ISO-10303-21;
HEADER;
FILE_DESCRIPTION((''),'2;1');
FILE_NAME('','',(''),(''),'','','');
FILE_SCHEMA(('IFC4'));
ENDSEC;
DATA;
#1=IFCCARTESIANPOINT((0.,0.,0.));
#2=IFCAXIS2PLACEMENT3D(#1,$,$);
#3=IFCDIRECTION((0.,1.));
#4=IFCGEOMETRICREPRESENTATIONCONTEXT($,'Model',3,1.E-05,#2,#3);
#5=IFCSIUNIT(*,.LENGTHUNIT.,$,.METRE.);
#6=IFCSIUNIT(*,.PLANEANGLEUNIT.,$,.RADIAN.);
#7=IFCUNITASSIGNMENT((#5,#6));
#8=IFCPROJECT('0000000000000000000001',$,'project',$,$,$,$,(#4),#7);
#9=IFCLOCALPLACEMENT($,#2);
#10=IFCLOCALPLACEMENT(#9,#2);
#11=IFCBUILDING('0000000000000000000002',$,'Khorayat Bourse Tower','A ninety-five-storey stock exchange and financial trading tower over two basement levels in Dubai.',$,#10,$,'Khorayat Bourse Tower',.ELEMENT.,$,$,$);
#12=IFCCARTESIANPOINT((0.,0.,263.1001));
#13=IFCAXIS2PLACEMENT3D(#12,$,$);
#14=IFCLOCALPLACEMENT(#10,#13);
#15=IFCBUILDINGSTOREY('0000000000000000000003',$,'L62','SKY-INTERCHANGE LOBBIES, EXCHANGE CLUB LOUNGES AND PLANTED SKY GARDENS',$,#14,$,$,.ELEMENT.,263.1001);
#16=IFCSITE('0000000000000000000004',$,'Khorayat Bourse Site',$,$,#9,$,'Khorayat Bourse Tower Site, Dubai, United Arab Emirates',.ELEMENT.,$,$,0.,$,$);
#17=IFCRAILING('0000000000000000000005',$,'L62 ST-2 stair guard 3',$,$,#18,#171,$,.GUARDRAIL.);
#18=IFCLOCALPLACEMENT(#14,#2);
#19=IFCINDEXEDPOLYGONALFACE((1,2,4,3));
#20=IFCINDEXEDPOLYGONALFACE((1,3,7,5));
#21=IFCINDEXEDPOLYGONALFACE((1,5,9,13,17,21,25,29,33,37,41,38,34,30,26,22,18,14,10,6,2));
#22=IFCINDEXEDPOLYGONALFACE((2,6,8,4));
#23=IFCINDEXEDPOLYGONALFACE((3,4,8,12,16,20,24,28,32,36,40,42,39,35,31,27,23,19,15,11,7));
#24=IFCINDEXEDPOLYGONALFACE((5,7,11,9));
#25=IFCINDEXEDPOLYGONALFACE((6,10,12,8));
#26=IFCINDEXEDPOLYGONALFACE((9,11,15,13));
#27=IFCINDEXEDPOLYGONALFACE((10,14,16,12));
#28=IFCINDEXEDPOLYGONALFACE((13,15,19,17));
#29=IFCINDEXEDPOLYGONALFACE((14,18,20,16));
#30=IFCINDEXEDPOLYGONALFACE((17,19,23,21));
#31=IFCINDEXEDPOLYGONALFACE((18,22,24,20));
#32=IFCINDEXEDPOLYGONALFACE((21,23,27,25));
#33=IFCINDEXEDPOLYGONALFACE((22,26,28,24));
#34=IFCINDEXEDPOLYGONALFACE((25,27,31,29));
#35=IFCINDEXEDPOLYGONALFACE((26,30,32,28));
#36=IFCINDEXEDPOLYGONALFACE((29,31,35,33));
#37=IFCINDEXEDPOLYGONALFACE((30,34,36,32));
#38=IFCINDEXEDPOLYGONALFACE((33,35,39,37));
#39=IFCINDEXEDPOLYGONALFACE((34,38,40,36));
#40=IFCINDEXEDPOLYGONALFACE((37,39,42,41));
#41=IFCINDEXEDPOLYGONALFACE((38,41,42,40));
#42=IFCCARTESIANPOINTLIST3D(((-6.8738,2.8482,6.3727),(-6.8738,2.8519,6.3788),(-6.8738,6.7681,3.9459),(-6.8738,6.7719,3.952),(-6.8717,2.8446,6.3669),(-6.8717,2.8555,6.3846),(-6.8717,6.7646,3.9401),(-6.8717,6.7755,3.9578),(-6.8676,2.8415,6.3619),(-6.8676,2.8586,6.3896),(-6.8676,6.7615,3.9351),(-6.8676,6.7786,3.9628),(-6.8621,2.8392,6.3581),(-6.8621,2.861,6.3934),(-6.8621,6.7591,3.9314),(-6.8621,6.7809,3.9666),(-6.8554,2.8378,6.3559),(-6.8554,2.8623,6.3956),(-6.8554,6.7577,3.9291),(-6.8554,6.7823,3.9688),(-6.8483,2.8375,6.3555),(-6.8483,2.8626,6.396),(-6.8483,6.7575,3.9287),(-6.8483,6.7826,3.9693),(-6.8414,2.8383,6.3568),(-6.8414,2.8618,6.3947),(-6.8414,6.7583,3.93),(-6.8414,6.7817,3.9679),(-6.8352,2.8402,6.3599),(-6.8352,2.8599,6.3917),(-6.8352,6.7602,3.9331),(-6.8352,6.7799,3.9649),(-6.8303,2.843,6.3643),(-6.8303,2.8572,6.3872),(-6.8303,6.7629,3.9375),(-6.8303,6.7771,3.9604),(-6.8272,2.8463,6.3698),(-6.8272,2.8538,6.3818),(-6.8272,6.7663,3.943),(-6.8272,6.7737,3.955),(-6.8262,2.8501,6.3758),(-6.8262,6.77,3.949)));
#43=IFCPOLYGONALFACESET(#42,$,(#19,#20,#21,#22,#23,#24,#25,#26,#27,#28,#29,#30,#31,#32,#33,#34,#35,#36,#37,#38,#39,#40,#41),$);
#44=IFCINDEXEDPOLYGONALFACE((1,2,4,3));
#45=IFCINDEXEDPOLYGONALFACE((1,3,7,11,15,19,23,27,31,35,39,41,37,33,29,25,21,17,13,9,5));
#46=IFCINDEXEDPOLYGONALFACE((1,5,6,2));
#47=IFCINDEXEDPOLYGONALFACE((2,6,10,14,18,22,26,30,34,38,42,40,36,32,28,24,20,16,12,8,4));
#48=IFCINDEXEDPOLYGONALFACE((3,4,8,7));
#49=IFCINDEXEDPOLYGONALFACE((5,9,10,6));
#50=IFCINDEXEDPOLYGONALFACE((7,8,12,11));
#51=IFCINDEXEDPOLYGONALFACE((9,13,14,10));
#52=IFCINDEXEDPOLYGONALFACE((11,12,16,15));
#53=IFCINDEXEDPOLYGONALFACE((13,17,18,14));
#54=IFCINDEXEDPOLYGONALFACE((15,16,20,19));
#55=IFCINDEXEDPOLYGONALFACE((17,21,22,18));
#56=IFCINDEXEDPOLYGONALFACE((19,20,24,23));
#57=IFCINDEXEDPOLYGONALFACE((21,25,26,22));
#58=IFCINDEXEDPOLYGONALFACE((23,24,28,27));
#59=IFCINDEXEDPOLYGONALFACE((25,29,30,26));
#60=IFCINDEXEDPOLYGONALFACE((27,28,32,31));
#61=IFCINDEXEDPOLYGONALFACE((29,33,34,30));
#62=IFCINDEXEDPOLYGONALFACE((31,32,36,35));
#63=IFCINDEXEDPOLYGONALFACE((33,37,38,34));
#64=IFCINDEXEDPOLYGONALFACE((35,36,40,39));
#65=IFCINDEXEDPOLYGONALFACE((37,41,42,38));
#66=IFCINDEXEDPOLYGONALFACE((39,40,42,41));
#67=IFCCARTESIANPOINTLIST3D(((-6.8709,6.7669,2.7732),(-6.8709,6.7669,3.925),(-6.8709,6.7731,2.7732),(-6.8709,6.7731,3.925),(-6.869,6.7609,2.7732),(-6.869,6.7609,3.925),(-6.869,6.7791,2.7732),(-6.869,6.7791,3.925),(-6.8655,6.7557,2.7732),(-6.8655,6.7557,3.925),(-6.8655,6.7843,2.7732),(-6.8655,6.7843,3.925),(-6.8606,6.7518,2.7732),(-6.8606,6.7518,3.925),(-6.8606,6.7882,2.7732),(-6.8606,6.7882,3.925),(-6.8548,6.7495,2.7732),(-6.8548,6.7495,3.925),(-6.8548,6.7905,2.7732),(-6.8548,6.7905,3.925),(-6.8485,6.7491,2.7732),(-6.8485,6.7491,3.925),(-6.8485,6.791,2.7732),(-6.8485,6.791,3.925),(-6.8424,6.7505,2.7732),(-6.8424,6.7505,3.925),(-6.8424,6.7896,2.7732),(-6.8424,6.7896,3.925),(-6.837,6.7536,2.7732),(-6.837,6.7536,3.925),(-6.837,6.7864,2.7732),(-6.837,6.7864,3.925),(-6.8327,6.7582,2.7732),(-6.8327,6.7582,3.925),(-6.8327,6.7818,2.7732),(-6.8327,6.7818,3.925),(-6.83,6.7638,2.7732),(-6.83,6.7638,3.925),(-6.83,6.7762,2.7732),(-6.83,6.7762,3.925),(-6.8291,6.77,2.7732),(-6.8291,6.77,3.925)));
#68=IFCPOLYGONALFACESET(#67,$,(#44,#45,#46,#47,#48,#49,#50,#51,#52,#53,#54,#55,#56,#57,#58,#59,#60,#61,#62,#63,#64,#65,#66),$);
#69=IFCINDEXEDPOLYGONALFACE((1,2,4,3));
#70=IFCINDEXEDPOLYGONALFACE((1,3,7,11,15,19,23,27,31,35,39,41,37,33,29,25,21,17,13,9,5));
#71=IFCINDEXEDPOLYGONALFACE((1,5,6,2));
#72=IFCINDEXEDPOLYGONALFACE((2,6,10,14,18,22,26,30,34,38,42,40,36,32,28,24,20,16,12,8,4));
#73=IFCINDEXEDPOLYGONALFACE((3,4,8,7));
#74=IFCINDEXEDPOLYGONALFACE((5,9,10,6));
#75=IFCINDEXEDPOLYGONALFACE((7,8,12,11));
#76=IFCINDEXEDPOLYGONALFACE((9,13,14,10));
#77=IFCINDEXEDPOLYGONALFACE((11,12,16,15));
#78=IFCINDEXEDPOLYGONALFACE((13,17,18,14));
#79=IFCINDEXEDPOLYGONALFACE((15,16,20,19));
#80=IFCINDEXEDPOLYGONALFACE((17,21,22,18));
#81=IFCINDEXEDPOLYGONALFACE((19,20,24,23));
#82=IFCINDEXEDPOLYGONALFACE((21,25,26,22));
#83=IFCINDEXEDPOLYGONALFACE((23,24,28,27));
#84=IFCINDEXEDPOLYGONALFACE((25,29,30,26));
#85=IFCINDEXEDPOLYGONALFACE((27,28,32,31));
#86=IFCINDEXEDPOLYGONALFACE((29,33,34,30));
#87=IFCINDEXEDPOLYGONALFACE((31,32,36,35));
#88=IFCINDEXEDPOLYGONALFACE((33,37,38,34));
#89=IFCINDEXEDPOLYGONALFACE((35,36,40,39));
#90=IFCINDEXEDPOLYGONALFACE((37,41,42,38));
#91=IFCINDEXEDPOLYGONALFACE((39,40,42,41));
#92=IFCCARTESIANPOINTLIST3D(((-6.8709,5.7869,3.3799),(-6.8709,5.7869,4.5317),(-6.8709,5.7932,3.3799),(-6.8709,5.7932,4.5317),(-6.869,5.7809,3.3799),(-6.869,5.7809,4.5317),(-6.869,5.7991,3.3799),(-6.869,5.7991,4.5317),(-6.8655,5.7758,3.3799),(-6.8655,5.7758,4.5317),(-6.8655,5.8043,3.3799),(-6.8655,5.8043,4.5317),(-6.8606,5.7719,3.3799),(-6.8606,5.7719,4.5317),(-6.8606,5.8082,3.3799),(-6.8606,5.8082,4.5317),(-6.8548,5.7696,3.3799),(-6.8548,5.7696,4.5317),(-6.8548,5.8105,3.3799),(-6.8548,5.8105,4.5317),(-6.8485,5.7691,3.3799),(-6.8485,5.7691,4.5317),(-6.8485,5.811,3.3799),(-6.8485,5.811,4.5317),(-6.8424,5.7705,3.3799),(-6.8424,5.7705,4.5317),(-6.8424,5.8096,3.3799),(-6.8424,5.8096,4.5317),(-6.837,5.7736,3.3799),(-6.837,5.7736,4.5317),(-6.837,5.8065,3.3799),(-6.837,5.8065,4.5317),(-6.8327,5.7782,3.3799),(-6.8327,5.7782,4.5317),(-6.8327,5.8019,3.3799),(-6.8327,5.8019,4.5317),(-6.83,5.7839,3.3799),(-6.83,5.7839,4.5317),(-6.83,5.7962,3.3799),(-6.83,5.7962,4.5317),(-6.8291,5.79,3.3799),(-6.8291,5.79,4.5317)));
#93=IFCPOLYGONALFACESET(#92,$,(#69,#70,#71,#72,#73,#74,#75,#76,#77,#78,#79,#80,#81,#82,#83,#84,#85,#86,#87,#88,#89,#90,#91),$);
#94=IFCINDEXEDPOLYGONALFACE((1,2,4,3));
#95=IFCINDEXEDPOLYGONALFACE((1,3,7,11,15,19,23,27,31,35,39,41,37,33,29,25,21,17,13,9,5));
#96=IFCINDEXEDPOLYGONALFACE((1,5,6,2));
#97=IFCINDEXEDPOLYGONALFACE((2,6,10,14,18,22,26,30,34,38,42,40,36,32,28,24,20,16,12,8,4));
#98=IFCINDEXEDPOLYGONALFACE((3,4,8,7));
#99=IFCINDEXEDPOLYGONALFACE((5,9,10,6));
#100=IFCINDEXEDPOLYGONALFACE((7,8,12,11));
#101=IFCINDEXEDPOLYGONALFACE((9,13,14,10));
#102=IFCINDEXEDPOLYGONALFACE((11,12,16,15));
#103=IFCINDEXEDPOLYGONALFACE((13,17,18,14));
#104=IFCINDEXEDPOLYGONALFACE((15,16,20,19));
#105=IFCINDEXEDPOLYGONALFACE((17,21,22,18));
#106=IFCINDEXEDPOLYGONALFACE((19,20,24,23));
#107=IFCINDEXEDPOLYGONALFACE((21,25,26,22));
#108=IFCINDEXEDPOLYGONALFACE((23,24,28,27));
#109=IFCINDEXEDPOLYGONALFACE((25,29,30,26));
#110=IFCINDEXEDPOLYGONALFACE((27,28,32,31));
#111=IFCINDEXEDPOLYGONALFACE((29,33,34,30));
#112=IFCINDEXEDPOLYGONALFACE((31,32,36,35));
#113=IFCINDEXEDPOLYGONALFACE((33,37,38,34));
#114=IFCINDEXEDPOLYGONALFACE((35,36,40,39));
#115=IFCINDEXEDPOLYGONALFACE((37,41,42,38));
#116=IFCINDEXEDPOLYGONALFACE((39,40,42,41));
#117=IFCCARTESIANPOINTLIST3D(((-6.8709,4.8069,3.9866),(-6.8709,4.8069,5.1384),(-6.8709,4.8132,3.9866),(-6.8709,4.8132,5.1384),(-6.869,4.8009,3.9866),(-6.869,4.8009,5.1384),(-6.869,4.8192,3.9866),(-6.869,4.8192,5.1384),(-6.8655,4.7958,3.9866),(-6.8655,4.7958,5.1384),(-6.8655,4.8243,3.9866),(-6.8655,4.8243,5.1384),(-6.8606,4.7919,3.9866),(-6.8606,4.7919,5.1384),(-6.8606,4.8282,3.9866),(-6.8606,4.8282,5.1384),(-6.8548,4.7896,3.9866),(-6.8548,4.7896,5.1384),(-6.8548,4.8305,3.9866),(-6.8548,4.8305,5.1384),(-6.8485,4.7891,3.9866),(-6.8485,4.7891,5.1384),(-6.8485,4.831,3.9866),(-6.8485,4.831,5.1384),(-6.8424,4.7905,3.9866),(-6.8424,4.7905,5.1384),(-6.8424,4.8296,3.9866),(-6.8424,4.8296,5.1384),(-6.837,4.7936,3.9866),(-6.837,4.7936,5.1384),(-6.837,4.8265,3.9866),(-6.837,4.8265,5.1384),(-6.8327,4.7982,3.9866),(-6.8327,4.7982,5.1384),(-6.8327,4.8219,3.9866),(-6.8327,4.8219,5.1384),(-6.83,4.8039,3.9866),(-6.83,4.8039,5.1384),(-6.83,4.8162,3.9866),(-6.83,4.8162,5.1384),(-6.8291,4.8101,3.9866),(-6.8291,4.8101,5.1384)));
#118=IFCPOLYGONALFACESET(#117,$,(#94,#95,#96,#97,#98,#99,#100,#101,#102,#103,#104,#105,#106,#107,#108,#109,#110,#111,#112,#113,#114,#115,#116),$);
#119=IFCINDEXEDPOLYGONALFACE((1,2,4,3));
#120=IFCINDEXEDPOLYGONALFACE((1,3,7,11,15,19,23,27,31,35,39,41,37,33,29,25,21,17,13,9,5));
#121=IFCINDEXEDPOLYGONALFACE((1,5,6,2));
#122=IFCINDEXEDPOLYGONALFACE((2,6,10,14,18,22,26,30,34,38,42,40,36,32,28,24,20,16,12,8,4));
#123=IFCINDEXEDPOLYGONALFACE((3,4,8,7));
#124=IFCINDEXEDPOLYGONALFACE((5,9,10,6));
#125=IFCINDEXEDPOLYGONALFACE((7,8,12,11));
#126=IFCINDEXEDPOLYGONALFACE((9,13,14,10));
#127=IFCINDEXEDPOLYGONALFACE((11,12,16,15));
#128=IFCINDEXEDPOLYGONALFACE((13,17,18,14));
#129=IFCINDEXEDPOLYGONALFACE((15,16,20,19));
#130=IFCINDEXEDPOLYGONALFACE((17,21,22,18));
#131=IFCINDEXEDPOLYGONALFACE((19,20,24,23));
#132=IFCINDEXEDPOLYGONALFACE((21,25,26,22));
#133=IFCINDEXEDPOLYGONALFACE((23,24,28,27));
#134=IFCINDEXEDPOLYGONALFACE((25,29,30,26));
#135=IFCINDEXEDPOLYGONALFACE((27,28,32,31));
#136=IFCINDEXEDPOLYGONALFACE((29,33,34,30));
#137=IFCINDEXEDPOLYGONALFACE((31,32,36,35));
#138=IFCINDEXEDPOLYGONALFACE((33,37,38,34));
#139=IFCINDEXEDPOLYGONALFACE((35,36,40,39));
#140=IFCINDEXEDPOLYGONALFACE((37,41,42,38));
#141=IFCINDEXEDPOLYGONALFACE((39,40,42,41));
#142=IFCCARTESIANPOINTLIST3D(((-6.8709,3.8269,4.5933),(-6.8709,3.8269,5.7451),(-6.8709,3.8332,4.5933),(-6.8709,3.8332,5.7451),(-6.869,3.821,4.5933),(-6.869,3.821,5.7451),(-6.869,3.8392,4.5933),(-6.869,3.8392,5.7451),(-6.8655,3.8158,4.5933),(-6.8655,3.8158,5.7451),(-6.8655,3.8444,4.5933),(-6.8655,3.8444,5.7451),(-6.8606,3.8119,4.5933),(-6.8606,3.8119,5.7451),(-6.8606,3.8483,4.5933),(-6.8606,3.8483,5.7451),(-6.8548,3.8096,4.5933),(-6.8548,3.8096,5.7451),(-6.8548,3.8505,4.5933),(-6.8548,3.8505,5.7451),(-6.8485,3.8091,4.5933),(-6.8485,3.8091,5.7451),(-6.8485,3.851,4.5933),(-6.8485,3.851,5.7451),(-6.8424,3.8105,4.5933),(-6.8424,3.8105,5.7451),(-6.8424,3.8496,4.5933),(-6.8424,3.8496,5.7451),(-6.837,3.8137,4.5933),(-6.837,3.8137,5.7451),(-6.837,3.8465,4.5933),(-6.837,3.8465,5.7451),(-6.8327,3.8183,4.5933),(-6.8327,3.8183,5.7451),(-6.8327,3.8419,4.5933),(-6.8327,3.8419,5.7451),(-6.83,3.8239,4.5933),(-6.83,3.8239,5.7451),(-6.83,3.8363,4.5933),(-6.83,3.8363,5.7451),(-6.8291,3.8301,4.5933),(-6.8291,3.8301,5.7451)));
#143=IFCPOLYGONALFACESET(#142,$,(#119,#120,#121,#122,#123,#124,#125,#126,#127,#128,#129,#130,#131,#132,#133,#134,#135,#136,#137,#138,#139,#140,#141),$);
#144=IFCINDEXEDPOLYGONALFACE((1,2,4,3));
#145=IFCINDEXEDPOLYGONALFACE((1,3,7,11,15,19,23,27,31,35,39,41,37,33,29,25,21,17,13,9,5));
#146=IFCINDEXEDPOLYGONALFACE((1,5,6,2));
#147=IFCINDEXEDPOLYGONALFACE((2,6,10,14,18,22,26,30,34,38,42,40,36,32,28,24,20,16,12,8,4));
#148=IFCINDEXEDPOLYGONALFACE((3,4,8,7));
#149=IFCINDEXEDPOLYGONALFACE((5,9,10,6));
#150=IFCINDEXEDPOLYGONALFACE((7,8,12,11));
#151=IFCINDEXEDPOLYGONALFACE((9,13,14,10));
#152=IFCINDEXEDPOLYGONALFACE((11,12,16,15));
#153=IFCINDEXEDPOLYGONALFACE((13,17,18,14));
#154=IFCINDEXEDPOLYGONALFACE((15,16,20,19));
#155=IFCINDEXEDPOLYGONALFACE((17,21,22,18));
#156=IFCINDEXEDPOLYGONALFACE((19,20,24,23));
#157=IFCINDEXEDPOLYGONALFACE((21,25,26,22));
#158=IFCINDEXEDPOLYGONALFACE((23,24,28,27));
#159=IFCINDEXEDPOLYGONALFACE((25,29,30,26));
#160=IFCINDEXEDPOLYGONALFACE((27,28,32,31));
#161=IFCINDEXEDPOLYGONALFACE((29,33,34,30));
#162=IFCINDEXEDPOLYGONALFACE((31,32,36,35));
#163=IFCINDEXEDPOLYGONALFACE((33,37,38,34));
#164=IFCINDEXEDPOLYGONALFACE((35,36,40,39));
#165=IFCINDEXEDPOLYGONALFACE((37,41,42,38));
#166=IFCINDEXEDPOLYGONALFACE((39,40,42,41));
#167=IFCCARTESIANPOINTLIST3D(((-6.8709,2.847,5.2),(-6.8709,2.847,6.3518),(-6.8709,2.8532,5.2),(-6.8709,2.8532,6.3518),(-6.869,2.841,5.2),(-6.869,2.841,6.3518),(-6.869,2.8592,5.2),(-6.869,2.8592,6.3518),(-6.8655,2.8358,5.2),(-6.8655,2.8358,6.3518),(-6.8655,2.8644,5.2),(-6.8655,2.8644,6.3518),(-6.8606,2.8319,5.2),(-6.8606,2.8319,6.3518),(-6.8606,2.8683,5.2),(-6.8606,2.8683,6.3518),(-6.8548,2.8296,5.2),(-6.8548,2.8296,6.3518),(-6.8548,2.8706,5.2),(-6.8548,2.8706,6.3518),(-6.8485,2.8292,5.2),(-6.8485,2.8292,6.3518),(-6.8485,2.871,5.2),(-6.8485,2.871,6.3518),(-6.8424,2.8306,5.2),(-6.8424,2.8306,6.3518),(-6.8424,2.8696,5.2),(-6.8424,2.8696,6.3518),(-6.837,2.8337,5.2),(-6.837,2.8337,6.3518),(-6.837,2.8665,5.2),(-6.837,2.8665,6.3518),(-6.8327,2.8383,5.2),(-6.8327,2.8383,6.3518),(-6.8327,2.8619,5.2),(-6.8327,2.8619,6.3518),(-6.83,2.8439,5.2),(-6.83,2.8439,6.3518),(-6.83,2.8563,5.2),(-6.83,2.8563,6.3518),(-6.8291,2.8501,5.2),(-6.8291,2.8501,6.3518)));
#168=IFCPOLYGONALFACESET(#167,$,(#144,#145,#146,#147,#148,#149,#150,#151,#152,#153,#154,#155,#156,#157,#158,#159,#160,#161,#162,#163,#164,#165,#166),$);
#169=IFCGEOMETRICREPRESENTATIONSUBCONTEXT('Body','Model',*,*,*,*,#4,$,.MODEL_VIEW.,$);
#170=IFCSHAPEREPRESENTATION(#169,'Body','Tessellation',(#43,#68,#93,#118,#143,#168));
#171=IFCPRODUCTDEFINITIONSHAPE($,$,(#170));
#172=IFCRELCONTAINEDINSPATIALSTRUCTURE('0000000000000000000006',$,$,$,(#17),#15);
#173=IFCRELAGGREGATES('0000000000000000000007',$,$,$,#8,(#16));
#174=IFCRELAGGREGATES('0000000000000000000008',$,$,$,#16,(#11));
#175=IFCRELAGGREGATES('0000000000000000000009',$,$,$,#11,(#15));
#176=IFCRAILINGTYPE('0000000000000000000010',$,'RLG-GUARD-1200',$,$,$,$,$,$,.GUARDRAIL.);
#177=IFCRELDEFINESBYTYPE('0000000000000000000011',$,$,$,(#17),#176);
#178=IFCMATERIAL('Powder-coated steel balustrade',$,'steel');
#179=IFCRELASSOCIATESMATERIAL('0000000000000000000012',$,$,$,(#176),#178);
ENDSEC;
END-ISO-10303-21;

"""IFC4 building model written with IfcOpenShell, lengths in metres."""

from ifc_helpers import new_model, si_unit, direction, frame, origin, origin_2d, place, context, subcontext, project, spatial, circle, extrude, source, transform, mapped, material, type_object, element, save


model = new_model("IFC4")

# Units and contexts
model_context = context("Model", 3, precision=1e-05, world=origin(), true_north=direction((0.0, 1.0)))
body_context = subcontext(model_context, "Body", "Model", "MODEL_VIEW")
ifc_project = project(units=[si_unit("LENGTHUNIT", "METRE"), si_unit("PLANEANGLEUNIT", "RADIAN")], contexts=[model_context])

# Site, building, storey
site_placement = place(None, origin())
site = spatial("IfcSite", under=ifc_project, at=site_placement, Name="Khorayat Bourse Site", LongName="Khorayat Bourse Tower Site, Dubai, United Arab Emirates", CompositionType="ELEMENT", RefElevation=0.0)
building_placement = place(site_placement, origin())
building = spatial("IfcBuilding", under=site, at=building_placement, Name="Khorayat Bourse Tower", Description="A ninety-five-storey stock exchange and financial trading tower over two basement levels in Dubai.", LongName="Khorayat Bourse Tower", CompositionType="ELEMENT")
storey_placement = place(building_placement, frame((0.0, 0.0, 263.1001)))
storey = spatial("IfcBuildingStorey", under=building, at=storey_placement, Name="L62", Description="SKY-INTERCHANGE LOBBIES, EXCHANGE CLUB LOUNGES AND PLANTED SKY GARDENS", CompositionType="ELEMENT", Elevation=263.1001)

# Railing
ifc_material_1 = material(Name="Powder-coated steel balustrade", Category="steel")
railing_type_1 = type_object("IfcRailingType", Name="RLG-GUARD-1200", PredefinedType="GUARDRAIL", material=ifc_material_1)
shared_shape_1 = source(origin(), body_context, "Body", "SweptSolid", [
    extrude(circle(Radius=0.0239, at=origin_2d()), frame((0.0, 0.0, 1.1758), z_axis=(0.0, -0.850252, 0.526376), x_axis=(1.0, 0.0, 0.0)), (0.0, 0.0, 1.0), 4.6104),
    extrude(circle(Radius=0.021, at=origin_2d()), origin(), (0.0, 0.0, 1.0), 1.1519),
    extrude(circle(Radius=0.021, at=origin_2d()), frame((0.0, -0.98, 0.6067)), (0.0, 0.0, 1.0), 1.1519),
    extrude(circle(Radius=0.021, at=origin_2d()), frame((0.0, -1.96, 1.2134)), (0.0, 0.0, 1.0), 1.1519),
    extrude(circle(Radius=0.021, at=origin_2d()), frame((0.0, -2.9399, 1.8201)), (0.0, 0.0, 1.0), 1.1519),
    extrude(circle(Radius=0.021, at=origin_2d()), frame((0.0, -3.9199, 2.4268)), (0.0, 0.0, 1.0), 1.1519),
])
railing_1_placement = place(storey_placement, frame((-6.8501, 6.77, 2.7732)))
element("IfcRailing", 1, at=railing_1_placement, inside=storey, type_object=railing_type_1, Name="L62 ST-2 stair guard 3", PredefinedType="GUARDRAIL", context=body_context, shape_type="MappedRepresentation", body=[
    mapped(shared_shape_1, transform((0.0, 0.0, 0.0), scale=1.0)),
])

save(model, "model.ifc")
